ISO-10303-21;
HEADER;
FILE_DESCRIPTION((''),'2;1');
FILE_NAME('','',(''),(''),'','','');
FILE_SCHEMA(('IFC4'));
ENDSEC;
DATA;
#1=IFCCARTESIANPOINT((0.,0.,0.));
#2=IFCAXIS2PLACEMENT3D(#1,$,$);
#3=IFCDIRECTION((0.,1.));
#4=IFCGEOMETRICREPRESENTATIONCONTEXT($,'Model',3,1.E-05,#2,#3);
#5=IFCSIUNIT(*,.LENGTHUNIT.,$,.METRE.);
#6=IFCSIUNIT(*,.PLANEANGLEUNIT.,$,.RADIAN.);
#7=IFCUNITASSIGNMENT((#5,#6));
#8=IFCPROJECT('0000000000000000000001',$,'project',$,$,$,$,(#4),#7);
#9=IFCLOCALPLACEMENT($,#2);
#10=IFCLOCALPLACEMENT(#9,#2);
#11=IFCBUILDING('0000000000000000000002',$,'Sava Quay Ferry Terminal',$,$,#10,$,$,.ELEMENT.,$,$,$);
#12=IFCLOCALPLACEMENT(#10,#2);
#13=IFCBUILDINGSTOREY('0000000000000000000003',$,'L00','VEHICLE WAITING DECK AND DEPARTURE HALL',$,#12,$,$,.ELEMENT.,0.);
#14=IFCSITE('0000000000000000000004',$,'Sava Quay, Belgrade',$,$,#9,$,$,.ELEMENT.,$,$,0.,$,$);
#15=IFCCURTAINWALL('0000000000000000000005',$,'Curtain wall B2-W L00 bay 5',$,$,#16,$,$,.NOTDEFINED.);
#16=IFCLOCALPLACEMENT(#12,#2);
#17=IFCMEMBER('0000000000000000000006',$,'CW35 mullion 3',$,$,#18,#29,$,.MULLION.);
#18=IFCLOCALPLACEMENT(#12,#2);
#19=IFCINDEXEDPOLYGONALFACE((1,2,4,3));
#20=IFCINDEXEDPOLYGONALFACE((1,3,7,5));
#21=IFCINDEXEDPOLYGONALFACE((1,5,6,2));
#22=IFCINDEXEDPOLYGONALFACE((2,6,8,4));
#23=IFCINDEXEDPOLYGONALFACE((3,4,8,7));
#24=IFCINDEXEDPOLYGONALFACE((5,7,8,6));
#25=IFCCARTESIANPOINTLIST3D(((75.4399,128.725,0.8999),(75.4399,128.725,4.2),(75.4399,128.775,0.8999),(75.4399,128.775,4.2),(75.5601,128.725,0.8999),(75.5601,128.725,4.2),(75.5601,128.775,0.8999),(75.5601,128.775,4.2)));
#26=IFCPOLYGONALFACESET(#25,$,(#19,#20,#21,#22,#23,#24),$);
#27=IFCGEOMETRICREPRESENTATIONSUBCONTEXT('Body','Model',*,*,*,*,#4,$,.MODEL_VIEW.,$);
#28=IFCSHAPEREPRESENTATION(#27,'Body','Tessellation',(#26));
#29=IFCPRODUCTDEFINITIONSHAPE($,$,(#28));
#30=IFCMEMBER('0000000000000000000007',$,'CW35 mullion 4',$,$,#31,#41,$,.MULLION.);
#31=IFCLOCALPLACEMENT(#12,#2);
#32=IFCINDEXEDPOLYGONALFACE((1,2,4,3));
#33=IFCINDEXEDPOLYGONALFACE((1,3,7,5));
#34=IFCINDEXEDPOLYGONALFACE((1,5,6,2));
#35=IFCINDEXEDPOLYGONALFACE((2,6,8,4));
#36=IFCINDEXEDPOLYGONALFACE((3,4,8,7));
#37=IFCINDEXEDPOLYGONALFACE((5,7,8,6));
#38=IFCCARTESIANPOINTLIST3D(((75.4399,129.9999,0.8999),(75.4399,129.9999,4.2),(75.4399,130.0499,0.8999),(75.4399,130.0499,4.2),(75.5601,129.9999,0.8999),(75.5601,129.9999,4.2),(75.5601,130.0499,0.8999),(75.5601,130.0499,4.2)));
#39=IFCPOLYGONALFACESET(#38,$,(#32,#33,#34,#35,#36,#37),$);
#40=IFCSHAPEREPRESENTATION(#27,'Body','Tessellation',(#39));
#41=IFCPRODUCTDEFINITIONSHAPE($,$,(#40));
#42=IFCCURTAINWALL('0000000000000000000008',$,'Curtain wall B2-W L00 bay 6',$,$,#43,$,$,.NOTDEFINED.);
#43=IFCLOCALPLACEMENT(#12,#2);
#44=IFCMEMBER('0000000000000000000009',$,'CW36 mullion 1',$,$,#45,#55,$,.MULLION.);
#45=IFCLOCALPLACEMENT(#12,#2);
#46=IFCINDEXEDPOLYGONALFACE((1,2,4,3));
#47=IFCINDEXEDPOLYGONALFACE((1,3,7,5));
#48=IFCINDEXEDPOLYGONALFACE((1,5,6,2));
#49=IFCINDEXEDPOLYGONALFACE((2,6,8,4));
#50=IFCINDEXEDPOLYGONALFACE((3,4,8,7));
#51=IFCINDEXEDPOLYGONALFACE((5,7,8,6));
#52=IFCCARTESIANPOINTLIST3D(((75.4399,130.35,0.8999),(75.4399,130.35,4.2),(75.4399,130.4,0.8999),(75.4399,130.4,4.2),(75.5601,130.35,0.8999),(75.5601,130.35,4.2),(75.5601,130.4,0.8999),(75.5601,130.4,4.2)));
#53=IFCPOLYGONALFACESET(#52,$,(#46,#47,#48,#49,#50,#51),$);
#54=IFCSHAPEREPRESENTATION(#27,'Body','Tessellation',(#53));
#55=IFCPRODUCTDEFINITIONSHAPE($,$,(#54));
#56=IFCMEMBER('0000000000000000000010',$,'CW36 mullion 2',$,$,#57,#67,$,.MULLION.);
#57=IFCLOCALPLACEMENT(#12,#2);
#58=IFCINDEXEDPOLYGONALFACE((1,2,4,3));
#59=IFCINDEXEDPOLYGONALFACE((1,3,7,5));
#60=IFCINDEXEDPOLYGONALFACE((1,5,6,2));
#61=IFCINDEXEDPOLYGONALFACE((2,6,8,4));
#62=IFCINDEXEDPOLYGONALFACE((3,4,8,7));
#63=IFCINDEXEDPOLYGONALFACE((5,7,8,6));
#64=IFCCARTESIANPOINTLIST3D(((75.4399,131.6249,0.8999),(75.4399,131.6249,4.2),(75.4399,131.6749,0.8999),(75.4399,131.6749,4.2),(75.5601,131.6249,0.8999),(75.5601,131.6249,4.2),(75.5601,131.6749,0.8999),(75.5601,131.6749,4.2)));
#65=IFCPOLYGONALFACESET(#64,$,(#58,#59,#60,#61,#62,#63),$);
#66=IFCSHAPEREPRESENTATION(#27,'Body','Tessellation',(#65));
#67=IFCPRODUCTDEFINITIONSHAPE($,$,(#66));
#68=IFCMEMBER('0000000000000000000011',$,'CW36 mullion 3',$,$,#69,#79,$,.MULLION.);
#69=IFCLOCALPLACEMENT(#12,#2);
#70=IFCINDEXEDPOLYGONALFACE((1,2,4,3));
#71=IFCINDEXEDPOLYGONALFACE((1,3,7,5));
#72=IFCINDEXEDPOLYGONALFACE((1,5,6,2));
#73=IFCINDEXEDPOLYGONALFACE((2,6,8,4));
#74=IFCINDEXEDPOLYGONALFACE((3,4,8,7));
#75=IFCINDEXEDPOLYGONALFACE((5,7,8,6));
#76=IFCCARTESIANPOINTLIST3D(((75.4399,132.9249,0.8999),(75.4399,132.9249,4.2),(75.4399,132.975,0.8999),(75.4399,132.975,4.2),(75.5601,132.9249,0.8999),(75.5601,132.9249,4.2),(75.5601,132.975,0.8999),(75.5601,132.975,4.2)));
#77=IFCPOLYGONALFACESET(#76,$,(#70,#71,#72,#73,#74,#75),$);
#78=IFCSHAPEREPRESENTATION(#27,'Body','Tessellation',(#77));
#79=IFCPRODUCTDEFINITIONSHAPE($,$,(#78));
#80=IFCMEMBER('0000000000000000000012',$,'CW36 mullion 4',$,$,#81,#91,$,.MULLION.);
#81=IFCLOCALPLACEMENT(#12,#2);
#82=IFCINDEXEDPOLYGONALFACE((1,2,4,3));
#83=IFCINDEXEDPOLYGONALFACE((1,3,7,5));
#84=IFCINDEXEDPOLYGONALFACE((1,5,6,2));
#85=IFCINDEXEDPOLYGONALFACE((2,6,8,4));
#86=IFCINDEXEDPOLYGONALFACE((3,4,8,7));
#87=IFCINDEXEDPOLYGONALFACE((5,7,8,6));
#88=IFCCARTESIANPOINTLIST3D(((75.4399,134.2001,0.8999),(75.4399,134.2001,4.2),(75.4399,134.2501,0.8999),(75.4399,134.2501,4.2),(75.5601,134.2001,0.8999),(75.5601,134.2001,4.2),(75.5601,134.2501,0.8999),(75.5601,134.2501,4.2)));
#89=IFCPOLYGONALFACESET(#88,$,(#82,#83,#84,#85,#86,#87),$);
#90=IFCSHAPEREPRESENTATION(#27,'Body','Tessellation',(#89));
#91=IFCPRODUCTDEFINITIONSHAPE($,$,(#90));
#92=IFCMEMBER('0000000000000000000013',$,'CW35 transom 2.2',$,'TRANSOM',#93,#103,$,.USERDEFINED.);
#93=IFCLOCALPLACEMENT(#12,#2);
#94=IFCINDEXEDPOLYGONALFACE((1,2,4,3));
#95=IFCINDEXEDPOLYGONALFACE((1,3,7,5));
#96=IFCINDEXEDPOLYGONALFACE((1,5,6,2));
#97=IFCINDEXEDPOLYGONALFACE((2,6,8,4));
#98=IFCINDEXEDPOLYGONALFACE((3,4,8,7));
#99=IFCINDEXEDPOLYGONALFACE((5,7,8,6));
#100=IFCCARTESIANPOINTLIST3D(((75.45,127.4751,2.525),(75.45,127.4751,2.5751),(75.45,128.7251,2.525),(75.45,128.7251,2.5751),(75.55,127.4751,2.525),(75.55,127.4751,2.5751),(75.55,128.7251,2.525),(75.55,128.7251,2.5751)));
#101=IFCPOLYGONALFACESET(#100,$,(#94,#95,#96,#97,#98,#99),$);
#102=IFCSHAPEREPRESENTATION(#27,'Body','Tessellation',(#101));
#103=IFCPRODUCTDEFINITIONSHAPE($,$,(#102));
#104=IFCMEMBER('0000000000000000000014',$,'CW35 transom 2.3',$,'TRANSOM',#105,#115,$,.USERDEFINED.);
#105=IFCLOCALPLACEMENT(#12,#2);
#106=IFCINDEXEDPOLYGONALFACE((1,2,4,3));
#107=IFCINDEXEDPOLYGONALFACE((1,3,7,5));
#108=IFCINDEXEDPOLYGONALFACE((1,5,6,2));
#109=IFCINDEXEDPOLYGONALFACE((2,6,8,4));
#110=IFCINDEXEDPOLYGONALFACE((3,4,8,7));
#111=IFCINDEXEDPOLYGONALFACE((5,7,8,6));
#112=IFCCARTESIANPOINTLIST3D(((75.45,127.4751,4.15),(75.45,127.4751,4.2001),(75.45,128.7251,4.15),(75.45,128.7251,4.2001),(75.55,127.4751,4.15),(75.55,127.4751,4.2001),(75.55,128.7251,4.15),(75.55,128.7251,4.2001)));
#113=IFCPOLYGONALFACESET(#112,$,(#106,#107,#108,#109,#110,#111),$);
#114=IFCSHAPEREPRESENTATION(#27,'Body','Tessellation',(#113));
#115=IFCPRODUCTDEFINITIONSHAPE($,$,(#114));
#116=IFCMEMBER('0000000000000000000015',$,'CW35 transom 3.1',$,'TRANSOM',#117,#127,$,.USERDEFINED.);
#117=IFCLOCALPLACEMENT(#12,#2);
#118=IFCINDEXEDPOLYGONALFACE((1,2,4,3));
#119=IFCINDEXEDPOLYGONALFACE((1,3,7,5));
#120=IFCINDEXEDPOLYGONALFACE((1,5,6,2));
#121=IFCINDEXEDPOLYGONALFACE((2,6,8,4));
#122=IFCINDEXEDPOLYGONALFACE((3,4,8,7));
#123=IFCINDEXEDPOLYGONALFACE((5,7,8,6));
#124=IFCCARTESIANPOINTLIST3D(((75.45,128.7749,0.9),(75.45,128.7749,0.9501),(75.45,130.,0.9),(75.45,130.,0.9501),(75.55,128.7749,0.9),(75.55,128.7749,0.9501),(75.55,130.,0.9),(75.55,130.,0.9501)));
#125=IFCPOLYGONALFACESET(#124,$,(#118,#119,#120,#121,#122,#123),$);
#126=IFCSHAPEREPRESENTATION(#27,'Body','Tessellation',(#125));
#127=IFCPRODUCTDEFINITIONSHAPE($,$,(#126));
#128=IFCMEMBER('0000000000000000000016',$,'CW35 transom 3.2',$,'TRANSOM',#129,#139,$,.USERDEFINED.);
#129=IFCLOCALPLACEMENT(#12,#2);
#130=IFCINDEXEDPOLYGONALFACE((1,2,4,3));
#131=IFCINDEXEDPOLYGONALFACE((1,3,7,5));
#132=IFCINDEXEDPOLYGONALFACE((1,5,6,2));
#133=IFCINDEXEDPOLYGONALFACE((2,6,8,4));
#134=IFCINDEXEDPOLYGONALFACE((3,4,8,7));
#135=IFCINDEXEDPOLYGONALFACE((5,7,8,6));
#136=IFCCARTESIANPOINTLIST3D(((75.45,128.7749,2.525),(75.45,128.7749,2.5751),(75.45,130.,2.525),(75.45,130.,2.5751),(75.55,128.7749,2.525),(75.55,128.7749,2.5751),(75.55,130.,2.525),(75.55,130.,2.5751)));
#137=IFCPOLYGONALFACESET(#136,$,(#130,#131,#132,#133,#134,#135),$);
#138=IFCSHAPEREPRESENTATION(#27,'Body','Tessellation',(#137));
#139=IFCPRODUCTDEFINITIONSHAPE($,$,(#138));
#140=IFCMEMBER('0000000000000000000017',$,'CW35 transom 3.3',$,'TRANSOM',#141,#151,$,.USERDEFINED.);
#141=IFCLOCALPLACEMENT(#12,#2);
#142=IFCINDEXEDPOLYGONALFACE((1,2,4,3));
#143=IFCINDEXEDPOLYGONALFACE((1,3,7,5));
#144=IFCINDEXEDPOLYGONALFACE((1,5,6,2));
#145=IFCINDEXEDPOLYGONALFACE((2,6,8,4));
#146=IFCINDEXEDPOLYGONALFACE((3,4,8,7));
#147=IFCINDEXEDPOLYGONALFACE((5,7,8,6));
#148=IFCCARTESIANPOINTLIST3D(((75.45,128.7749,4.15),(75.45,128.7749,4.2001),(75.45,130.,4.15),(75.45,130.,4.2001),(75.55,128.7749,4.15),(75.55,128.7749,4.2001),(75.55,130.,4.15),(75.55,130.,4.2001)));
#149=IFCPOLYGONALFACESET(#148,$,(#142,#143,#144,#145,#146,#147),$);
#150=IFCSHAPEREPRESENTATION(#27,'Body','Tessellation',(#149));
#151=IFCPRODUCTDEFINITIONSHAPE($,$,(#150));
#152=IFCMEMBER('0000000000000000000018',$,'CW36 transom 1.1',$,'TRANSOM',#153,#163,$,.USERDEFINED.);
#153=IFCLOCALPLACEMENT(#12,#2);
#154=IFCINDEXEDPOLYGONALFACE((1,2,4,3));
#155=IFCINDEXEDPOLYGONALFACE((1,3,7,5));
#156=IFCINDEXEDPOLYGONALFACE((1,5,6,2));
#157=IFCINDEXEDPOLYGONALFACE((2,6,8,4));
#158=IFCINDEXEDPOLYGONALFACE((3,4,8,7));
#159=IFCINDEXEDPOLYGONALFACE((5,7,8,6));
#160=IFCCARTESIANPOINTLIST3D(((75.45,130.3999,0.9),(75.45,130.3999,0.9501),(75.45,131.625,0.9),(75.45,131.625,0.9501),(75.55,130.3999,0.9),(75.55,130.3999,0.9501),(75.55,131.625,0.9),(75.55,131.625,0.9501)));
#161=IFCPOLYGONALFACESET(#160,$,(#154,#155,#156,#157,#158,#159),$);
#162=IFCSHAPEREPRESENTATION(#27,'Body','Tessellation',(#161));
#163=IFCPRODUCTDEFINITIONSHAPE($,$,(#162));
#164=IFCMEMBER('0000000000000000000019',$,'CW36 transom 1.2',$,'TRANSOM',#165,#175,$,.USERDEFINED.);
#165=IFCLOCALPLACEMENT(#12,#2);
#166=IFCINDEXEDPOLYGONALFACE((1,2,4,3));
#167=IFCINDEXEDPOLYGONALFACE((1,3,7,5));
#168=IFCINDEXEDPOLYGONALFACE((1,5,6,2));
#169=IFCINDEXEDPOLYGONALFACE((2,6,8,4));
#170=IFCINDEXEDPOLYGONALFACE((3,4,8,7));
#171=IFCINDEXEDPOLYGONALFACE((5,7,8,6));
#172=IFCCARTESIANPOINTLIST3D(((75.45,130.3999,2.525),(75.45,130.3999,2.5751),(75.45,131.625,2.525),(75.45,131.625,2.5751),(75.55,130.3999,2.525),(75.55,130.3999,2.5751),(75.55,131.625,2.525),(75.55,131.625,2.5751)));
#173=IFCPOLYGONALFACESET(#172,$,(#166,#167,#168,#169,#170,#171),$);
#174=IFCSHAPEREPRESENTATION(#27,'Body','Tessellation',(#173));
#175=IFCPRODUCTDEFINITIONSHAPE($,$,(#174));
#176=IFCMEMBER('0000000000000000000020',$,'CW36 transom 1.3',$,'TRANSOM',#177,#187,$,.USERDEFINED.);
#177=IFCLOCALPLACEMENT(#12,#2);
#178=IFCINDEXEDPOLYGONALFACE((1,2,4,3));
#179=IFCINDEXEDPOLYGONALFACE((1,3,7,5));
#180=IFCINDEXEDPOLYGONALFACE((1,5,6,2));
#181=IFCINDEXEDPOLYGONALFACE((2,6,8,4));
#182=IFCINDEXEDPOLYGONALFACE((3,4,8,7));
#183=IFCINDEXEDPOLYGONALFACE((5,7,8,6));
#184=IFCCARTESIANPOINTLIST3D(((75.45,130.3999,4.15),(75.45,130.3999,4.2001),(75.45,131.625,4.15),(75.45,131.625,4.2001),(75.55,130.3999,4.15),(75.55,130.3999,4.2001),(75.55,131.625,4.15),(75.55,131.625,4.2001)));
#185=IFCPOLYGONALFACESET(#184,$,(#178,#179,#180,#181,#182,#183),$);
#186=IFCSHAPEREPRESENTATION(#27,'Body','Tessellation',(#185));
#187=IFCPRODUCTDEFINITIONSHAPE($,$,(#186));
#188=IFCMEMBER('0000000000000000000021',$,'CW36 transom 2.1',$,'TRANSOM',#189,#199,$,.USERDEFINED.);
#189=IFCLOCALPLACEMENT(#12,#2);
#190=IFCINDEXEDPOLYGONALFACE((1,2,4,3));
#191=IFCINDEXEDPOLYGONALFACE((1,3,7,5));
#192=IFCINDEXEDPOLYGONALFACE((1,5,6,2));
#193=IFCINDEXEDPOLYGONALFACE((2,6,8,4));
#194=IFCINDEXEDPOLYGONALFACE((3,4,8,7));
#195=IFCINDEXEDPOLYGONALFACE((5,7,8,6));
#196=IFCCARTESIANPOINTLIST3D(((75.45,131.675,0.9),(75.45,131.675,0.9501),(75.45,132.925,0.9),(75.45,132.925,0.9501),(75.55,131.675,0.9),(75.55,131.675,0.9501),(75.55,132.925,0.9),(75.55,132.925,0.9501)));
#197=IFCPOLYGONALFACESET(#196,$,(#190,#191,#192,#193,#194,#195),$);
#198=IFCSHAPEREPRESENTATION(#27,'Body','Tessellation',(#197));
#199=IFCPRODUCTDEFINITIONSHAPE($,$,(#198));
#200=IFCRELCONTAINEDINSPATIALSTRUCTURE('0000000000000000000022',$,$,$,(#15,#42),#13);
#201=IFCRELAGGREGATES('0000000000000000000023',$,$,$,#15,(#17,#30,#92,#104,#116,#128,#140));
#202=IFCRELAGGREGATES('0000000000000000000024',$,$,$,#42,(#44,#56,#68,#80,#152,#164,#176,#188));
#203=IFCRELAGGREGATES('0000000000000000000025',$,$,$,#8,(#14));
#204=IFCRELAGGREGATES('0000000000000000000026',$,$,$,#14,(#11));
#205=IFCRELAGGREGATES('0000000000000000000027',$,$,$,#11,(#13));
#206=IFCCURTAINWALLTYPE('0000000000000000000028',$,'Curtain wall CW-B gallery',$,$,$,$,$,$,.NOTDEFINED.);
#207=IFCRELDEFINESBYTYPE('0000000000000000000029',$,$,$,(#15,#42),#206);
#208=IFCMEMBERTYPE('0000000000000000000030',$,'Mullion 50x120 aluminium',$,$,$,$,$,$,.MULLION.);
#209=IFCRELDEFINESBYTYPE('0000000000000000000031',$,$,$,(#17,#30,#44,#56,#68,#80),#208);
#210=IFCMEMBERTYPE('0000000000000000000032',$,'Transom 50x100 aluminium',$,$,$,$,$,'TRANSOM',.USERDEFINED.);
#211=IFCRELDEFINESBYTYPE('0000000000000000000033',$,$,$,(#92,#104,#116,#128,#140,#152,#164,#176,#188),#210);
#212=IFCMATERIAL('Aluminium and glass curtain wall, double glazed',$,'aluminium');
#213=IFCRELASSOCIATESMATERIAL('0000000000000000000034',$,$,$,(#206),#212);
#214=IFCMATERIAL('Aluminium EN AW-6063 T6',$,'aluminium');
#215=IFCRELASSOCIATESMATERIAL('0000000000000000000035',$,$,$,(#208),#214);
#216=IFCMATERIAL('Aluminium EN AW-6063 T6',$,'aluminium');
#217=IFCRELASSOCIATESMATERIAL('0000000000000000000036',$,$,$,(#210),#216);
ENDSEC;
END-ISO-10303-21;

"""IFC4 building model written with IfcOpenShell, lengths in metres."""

from ifc_helpers import new_model, si_unit, direction, frame, origin, origin_2d, place, context, subcontext, project, spatial, rectangle, extrude, material, material_profile, profile_set, type_object, element, aggregate, save


model = new_model("IFC4")

# Units and contexts
model_context = context("Model", 3, precision=1e-05, world=origin(), true_north=direction((0.0, 1.0)))
body_context = subcontext(model_context, "Body", "Model", "MODEL_VIEW")
ifc_project = project(units=[si_unit("LENGTHUNIT", "METRE"), si_unit("PLANEANGLEUNIT", "RADIAN")], contexts=[model_context])

# Site, building, storey
site_placement = place(None, origin())
site = spatial("IfcSite", under=ifc_project, at=site_placement, Name="Sava Quay, Belgrade", CompositionType="ELEMENT", RefElevation=0.0)
building_placement = place(site_placement, origin())
building = spatial("IfcBuilding", under=site, at=building_placement, Name="Sava Quay Ferry Terminal", CompositionType="ELEMENT")
storey_placement = place(building_placement, origin())
storey = spatial("IfcBuildingStorey", under=building, at=storey_placement, Name="L00", Description="VEHICLE WAITING DECK AND DEPARTURE HALL", CompositionType="ELEMENT", Elevation=0.0)

# Curtain walls, members
ifc_material_1 = material(Name="Aluminium and glass curtain wall, double glazed", Category="aluminium")
curtain_wall_type = type_object("IfcCurtainWallType", Name="Curtain wall CW-B gallery", PredefinedType="NOTDEFINED", material=ifc_material_1)
curtain_wall_1_placement = place(storey_placement, origin())
curtain_wall_1 = element("IfcCurtainWall", 1, at=curtain_wall_1_placement, inside=storey, type_object=curtain_wall_type, Name="Curtain wall B2-W L00 bay 5", PredefinedType="NOTDEFINED")
ifc_material_2 = material(Name="Aluminium EN AW-6063 T6", Category="aluminium")
ifc_material_profile_1 = material_profile(ifc_material_2, rectangle(XDim=0.1201, YDim=0.05, at=origin_2d()), Name="Mullion 50x120 aluminium")
ifc_profile_set_1 = profile_set([ifc_material_profile_1], Name="Aluminium EN AW-6063 T6")
member_type_1 = type_object("IfcMemberType", Name="Mullion 50x120 aluminium", PredefinedType="MULLION", material=ifc_profile_set_1)
member_1_placement = place(storey_placement, frame((75.5, 128.75, 0.8999), z_axis=(0.0, 0.0, 1.0), x_axis=(-1.0, 0.0, 0.0)))
member_1 = element("IfcMember", 2, at=member_1_placement, type_object=member_type_1, Name="CW35 mullion 3", PredefinedType="MULLION", context=body_context, shape_type="SweptSolid", body=[
    extrude(rectangle(XDim=0.1201, YDim=0.05, at=origin_2d()), origin(), (0.0, 0.0, 1.0), 3.3),
])
member_2_placement = place(storey_placement, frame((75.5, 130.0249, 0.8999), z_axis=(0.0, 0.0, 1.0), x_axis=(-1.0, 0.0, 0.0)))
member_2 = element("IfcMember", 3, at=member_2_placement, type_object=member_type_1, Name="CW35 mullion 4", PredefinedType="MULLION", context=body_context, shape_type="SweptSolid", body=[
    extrude(rectangle(XDim=0.1201, YDim=0.05, at=origin_2d()), origin(), (0.0, 0.0, 1.0), 3.3),
])
curtain_wall_2_placement = place(storey_placement, origin())
curtain_wall_2 = element("IfcCurtainWall", 4, at=curtain_wall_2_placement, inside=storey, type_object=curtain_wall_type, Name="Curtain wall B2-W L00 bay 6", PredefinedType="NOTDEFINED")
member_3_placement = place(storey_placement, frame((75.5, 130.375, 0.8999), z_axis=(0.0, 0.0, 1.0), x_axis=(-1.0, 0.0, 0.0)))
member_3 = element("IfcMember", 5, at=member_3_placement, type_object=member_type_1, Name="CW36 mullion 1", PredefinedType="MULLION", context=body_context, shape_type="SweptSolid", body=[
    extrude(rectangle(XDim=0.1201, YDim=0.05, at=origin_2d()), origin(), (0.0, 0.0, 1.0), 3.3),
])
member_4_placement = place(storey_placement, frame((75.5, 131.6499, 0.8999), z_axis=(0.0, 0.0, 1.0), x_axis=(-1.0, 0.0, 0.0)))
member_4 = element("IfcMember", 6, at=member_4_placement, type_object=member_type_1, Name="CW36 mullion 2", PredefinedType="MULLION", context=body_context, shape_type="SweptSolid", body=[
    extrude(rectangle(XDim=0.1201, YDim=0.05, at=origin_2d()), origin(), (0.0, 0.0, 1.0), 3.3),
])
member_5_placement = place(storey_placement, frame((75.5, 132.95, 0.8999), z_axis=(0.0, 0.0, 1.0), x_axis=(-1.0, 0.0, 0.0)))
member_5 = element("IfcMember", 7, at=member_5_placement, type_object=member_type_1, Name="CW36 mullion 3", PredefinedType="MULLION", context=body_context, shape_type="SweptSolid", body=[
    extrude(rectangle(XDim=0.1201, YDim=0.05, at=origin_2d()), origin(), (0.0, 0.0, 1.0), 3.3),
])
member_6_placement = place(storey_placement, frame((75.5, 134.2251, 0.8999), z_axis=(0.0, 0.0, 1.0), x_axis=(-1.0, 0.0, 0.0)))
member_6 = element("IfcMember", 8, at=member_6_placement, type_object=member_type_1, Name="CW36 mullion 4", PredefinedType="MULLION", context=body_context, shape_type="SweptSolid", body=[
    extrude(rectangle(XDim=0.1201, YDim=0.05, at=origin_2d()), origin(), (0.0, 0.0, 1.0), 3.3),
])

# Members
ifc_material_3 = material(Name="Aluminium EN AW-6063 T6", Category="aluminium")
ifc_material_profile_2 = material_profile(ifc_material_3, rectangle(XDim=0.1001, YDim=0.05, at=origin_2d()), Name="Transom 50x100 aluminium")
ifc_profile_set_2 = profile_set([ifc_material_profile_2], Name="Aluminium EN AW-6063 T6")
member_type_2 = type_object("IfcMemberType", Name="Transom 50x100 aluminium", ElementType="TRANSOM", PredefinedType="USERDEFINED", material=ifc_profile_set_2)
member_7_placement = place(storey_placement, frame((75.5, 127.4751, 2.55), z_axis=(0.0, 1.0, 0.0), x_axis=(-1.0, 0.0, 0.0)))
member_7 = element("IfcMember", 9, at=member_7_placement, type_object=member_type_2, Name="CW35 transom 2.2", ObjectType="TRANSOM", PredefinedType="USERDEFINED", context=body_context, shape_type="SweptSolid", body=[
    extrude(rectangle(XDim=0.1001, YDim=0.05, at=origin_2d()), origin(), (0.0, 0.0, 1.0), 1.25),
])
member_8_placement = place(storey_placement, frame((75.5, 127.4751, 4.175), z_axis=(0.0, 1.0, 0.0), x_axis=(-1.0, 0.0, 0.0)))
member_8 = element("IfcMember", 10, at=member_8_placement, type_object=member_type_2, Name="CW35 transom 2.3", ObjectType="TRANSOM", PredefinedType="USERDEFINED", context=body_context, shape_type="SweptSolid", body=[
    extrude(rectangle(XDim=0.1001, YDim=0.05, at=origin_2d()), origin(), (0.0, 0.0, 1.0), 1.25),
])
member_9_placement = place(storey_placement, frame((75.5, 128.7749, 0.925), z_axis=(0.0, 1.0, 0.0), x_axis=(-1.0, 0.0, 0.0)))
member_9 = element("IfcMember", 11, at=member_9_placement, type_object=member_type_2, Name="CW35 transom 3.1", ObjectType="TRANSOM", PredefinedType="USERDEFINED", context=body_context, shape_type="SweptSolid", body=[
    extrude(rectangle(XDim=0.1001, YDim=0.05, at=origin_2d()), origin(), (0.0, 0.0, 1.0), 1.2251),
])
member_10_placement = place(storey_placement, frame((75.5, 128.7749, 2.55), z_axis=(0.0, 1.0, 0.0), x_axis=(-1.0, 0.0, 0.0)))
member_10 = element("IfcMember", 12, at=member_10_placement, type_object=member_type_2, Name="CW35 transom 3.2", ObjectType="TRANSOM", PredefinedType="USERDEFINED", context=body_context, shape_type="SweptSolid", body=[
    extrude(rectangle(XDim=0.1001, YDim=0.05, at=origin_2d()), origin(), (0.0, 0.0, 1.0), 1.2251),
])
member_11_placement = place(storey_placement, frame((75.5, 128.7749, 4.175), z_axis=(0.0, 1.0, 0.0), x_axis=(-1.0, 0.0, 0.0)))
member_11 = element("IfcMember", 13, at=member_11_placement, type_object=member_type_2, Name="CW35 transom 3.3", ObjectType="TRANSOM", PredefinedType="USERDEFINED", context=body_context, shape_type="SweptSolid", body=[
    extrude(rectangle(XDim=0.1001, YDim=0.05, at=origin_2d()), origin(), (0.0, 0.0, 1.0), 1.2251),
])
member_12_placement = place(storey_placement, frame((75.5, 130.3999, 0.925), z_axis=(0.0, 1.0, 0.0), x_axis=(-1.0, 0.0, 0.0)))
member_12 = element("IfcMember", 14, at=member_12_placement, type_object=member_type_2, Name="CW36 transom 1.1", ObjectType="TRANSOM", PredefinedType="USERDEFINED", context=body_context, shape_type="SweptSolid", body=[
    extrude(rectangle(XDim=0.1001, YDim=0.05, at=origin_2d()), origin(), (0.0, 0.0, 1.0), 1.2251),
])
member_13_placement = place(storey_placement, frame((75.5, 130.3999, 2.55), z_axis=(0.0, 1.0, 0.0), x_axis=(-1.0, 0.0, 0.0)))
member_13 = element("IfcMember", 15, at=member_13_placement, type_object=member_type_2, Name="CW36 transom 1.2", ObjectType="TRANSOM", PredefinedType="USERDEFINED", context=body_context, shape_type="SweptSolid", body=[
    extrude(rectangle(XDim=0.1001, YDim=0.05, at=origin_2d()), origin(), (0.0, 0.0, 1.0), 1.2251),
])
member_14_placement = place(storey_placement, frame((75.5, 130.3999, 4.175), z_axis=(0.0, 1.0, 0.0), x_axis=(-1.0, 0.0, 0.0)))
member_14 = element("IfcMember", 16, at=member_14_placement, type_object=member_type_2, Name="CW36 transom 1.3", ObjectType="TRANSOM", PredefinedType="USERDEFINED", context=body_context, shape_type="SweptSolid", body=[
    extrude(rectangle(XDim=0.1001, YDim=0.05, at=origin_2d()), origin(), (0.0, 0.0, 1.0), 1.2251),
])
member_15_placement = place(storey_placement, frame((75.5, 131.675, 0.925), z_axis=(0.0, 1.0, 0.0), x_axis=(-1.0, 0.0, 0.0)))
member_15 = element("IfcMember", 17, at=member_15_placement, type_object=member_type_2, Name="CW36 transom 2.1", ObjectType="TRANSOM", PredefinedType="USERDEFINED", context=body_context, shape_type="SweptSolid", body=[
    extrude(rectangle(XDim=0.1001, YDim=0.05, at=origin_2d()), origin(), (0.0, 0.0, 1.0), 1.25),
])

aggregate(curtain_wall_1, [member_1, member_2, member_7, member_8, member_9, member_10, member_11])
aggregate(curtain_wall_2, [member_3, member_4, member_5, member_6, member_12, member_13, member_14, member_15])

save(model, "model.ifc")
